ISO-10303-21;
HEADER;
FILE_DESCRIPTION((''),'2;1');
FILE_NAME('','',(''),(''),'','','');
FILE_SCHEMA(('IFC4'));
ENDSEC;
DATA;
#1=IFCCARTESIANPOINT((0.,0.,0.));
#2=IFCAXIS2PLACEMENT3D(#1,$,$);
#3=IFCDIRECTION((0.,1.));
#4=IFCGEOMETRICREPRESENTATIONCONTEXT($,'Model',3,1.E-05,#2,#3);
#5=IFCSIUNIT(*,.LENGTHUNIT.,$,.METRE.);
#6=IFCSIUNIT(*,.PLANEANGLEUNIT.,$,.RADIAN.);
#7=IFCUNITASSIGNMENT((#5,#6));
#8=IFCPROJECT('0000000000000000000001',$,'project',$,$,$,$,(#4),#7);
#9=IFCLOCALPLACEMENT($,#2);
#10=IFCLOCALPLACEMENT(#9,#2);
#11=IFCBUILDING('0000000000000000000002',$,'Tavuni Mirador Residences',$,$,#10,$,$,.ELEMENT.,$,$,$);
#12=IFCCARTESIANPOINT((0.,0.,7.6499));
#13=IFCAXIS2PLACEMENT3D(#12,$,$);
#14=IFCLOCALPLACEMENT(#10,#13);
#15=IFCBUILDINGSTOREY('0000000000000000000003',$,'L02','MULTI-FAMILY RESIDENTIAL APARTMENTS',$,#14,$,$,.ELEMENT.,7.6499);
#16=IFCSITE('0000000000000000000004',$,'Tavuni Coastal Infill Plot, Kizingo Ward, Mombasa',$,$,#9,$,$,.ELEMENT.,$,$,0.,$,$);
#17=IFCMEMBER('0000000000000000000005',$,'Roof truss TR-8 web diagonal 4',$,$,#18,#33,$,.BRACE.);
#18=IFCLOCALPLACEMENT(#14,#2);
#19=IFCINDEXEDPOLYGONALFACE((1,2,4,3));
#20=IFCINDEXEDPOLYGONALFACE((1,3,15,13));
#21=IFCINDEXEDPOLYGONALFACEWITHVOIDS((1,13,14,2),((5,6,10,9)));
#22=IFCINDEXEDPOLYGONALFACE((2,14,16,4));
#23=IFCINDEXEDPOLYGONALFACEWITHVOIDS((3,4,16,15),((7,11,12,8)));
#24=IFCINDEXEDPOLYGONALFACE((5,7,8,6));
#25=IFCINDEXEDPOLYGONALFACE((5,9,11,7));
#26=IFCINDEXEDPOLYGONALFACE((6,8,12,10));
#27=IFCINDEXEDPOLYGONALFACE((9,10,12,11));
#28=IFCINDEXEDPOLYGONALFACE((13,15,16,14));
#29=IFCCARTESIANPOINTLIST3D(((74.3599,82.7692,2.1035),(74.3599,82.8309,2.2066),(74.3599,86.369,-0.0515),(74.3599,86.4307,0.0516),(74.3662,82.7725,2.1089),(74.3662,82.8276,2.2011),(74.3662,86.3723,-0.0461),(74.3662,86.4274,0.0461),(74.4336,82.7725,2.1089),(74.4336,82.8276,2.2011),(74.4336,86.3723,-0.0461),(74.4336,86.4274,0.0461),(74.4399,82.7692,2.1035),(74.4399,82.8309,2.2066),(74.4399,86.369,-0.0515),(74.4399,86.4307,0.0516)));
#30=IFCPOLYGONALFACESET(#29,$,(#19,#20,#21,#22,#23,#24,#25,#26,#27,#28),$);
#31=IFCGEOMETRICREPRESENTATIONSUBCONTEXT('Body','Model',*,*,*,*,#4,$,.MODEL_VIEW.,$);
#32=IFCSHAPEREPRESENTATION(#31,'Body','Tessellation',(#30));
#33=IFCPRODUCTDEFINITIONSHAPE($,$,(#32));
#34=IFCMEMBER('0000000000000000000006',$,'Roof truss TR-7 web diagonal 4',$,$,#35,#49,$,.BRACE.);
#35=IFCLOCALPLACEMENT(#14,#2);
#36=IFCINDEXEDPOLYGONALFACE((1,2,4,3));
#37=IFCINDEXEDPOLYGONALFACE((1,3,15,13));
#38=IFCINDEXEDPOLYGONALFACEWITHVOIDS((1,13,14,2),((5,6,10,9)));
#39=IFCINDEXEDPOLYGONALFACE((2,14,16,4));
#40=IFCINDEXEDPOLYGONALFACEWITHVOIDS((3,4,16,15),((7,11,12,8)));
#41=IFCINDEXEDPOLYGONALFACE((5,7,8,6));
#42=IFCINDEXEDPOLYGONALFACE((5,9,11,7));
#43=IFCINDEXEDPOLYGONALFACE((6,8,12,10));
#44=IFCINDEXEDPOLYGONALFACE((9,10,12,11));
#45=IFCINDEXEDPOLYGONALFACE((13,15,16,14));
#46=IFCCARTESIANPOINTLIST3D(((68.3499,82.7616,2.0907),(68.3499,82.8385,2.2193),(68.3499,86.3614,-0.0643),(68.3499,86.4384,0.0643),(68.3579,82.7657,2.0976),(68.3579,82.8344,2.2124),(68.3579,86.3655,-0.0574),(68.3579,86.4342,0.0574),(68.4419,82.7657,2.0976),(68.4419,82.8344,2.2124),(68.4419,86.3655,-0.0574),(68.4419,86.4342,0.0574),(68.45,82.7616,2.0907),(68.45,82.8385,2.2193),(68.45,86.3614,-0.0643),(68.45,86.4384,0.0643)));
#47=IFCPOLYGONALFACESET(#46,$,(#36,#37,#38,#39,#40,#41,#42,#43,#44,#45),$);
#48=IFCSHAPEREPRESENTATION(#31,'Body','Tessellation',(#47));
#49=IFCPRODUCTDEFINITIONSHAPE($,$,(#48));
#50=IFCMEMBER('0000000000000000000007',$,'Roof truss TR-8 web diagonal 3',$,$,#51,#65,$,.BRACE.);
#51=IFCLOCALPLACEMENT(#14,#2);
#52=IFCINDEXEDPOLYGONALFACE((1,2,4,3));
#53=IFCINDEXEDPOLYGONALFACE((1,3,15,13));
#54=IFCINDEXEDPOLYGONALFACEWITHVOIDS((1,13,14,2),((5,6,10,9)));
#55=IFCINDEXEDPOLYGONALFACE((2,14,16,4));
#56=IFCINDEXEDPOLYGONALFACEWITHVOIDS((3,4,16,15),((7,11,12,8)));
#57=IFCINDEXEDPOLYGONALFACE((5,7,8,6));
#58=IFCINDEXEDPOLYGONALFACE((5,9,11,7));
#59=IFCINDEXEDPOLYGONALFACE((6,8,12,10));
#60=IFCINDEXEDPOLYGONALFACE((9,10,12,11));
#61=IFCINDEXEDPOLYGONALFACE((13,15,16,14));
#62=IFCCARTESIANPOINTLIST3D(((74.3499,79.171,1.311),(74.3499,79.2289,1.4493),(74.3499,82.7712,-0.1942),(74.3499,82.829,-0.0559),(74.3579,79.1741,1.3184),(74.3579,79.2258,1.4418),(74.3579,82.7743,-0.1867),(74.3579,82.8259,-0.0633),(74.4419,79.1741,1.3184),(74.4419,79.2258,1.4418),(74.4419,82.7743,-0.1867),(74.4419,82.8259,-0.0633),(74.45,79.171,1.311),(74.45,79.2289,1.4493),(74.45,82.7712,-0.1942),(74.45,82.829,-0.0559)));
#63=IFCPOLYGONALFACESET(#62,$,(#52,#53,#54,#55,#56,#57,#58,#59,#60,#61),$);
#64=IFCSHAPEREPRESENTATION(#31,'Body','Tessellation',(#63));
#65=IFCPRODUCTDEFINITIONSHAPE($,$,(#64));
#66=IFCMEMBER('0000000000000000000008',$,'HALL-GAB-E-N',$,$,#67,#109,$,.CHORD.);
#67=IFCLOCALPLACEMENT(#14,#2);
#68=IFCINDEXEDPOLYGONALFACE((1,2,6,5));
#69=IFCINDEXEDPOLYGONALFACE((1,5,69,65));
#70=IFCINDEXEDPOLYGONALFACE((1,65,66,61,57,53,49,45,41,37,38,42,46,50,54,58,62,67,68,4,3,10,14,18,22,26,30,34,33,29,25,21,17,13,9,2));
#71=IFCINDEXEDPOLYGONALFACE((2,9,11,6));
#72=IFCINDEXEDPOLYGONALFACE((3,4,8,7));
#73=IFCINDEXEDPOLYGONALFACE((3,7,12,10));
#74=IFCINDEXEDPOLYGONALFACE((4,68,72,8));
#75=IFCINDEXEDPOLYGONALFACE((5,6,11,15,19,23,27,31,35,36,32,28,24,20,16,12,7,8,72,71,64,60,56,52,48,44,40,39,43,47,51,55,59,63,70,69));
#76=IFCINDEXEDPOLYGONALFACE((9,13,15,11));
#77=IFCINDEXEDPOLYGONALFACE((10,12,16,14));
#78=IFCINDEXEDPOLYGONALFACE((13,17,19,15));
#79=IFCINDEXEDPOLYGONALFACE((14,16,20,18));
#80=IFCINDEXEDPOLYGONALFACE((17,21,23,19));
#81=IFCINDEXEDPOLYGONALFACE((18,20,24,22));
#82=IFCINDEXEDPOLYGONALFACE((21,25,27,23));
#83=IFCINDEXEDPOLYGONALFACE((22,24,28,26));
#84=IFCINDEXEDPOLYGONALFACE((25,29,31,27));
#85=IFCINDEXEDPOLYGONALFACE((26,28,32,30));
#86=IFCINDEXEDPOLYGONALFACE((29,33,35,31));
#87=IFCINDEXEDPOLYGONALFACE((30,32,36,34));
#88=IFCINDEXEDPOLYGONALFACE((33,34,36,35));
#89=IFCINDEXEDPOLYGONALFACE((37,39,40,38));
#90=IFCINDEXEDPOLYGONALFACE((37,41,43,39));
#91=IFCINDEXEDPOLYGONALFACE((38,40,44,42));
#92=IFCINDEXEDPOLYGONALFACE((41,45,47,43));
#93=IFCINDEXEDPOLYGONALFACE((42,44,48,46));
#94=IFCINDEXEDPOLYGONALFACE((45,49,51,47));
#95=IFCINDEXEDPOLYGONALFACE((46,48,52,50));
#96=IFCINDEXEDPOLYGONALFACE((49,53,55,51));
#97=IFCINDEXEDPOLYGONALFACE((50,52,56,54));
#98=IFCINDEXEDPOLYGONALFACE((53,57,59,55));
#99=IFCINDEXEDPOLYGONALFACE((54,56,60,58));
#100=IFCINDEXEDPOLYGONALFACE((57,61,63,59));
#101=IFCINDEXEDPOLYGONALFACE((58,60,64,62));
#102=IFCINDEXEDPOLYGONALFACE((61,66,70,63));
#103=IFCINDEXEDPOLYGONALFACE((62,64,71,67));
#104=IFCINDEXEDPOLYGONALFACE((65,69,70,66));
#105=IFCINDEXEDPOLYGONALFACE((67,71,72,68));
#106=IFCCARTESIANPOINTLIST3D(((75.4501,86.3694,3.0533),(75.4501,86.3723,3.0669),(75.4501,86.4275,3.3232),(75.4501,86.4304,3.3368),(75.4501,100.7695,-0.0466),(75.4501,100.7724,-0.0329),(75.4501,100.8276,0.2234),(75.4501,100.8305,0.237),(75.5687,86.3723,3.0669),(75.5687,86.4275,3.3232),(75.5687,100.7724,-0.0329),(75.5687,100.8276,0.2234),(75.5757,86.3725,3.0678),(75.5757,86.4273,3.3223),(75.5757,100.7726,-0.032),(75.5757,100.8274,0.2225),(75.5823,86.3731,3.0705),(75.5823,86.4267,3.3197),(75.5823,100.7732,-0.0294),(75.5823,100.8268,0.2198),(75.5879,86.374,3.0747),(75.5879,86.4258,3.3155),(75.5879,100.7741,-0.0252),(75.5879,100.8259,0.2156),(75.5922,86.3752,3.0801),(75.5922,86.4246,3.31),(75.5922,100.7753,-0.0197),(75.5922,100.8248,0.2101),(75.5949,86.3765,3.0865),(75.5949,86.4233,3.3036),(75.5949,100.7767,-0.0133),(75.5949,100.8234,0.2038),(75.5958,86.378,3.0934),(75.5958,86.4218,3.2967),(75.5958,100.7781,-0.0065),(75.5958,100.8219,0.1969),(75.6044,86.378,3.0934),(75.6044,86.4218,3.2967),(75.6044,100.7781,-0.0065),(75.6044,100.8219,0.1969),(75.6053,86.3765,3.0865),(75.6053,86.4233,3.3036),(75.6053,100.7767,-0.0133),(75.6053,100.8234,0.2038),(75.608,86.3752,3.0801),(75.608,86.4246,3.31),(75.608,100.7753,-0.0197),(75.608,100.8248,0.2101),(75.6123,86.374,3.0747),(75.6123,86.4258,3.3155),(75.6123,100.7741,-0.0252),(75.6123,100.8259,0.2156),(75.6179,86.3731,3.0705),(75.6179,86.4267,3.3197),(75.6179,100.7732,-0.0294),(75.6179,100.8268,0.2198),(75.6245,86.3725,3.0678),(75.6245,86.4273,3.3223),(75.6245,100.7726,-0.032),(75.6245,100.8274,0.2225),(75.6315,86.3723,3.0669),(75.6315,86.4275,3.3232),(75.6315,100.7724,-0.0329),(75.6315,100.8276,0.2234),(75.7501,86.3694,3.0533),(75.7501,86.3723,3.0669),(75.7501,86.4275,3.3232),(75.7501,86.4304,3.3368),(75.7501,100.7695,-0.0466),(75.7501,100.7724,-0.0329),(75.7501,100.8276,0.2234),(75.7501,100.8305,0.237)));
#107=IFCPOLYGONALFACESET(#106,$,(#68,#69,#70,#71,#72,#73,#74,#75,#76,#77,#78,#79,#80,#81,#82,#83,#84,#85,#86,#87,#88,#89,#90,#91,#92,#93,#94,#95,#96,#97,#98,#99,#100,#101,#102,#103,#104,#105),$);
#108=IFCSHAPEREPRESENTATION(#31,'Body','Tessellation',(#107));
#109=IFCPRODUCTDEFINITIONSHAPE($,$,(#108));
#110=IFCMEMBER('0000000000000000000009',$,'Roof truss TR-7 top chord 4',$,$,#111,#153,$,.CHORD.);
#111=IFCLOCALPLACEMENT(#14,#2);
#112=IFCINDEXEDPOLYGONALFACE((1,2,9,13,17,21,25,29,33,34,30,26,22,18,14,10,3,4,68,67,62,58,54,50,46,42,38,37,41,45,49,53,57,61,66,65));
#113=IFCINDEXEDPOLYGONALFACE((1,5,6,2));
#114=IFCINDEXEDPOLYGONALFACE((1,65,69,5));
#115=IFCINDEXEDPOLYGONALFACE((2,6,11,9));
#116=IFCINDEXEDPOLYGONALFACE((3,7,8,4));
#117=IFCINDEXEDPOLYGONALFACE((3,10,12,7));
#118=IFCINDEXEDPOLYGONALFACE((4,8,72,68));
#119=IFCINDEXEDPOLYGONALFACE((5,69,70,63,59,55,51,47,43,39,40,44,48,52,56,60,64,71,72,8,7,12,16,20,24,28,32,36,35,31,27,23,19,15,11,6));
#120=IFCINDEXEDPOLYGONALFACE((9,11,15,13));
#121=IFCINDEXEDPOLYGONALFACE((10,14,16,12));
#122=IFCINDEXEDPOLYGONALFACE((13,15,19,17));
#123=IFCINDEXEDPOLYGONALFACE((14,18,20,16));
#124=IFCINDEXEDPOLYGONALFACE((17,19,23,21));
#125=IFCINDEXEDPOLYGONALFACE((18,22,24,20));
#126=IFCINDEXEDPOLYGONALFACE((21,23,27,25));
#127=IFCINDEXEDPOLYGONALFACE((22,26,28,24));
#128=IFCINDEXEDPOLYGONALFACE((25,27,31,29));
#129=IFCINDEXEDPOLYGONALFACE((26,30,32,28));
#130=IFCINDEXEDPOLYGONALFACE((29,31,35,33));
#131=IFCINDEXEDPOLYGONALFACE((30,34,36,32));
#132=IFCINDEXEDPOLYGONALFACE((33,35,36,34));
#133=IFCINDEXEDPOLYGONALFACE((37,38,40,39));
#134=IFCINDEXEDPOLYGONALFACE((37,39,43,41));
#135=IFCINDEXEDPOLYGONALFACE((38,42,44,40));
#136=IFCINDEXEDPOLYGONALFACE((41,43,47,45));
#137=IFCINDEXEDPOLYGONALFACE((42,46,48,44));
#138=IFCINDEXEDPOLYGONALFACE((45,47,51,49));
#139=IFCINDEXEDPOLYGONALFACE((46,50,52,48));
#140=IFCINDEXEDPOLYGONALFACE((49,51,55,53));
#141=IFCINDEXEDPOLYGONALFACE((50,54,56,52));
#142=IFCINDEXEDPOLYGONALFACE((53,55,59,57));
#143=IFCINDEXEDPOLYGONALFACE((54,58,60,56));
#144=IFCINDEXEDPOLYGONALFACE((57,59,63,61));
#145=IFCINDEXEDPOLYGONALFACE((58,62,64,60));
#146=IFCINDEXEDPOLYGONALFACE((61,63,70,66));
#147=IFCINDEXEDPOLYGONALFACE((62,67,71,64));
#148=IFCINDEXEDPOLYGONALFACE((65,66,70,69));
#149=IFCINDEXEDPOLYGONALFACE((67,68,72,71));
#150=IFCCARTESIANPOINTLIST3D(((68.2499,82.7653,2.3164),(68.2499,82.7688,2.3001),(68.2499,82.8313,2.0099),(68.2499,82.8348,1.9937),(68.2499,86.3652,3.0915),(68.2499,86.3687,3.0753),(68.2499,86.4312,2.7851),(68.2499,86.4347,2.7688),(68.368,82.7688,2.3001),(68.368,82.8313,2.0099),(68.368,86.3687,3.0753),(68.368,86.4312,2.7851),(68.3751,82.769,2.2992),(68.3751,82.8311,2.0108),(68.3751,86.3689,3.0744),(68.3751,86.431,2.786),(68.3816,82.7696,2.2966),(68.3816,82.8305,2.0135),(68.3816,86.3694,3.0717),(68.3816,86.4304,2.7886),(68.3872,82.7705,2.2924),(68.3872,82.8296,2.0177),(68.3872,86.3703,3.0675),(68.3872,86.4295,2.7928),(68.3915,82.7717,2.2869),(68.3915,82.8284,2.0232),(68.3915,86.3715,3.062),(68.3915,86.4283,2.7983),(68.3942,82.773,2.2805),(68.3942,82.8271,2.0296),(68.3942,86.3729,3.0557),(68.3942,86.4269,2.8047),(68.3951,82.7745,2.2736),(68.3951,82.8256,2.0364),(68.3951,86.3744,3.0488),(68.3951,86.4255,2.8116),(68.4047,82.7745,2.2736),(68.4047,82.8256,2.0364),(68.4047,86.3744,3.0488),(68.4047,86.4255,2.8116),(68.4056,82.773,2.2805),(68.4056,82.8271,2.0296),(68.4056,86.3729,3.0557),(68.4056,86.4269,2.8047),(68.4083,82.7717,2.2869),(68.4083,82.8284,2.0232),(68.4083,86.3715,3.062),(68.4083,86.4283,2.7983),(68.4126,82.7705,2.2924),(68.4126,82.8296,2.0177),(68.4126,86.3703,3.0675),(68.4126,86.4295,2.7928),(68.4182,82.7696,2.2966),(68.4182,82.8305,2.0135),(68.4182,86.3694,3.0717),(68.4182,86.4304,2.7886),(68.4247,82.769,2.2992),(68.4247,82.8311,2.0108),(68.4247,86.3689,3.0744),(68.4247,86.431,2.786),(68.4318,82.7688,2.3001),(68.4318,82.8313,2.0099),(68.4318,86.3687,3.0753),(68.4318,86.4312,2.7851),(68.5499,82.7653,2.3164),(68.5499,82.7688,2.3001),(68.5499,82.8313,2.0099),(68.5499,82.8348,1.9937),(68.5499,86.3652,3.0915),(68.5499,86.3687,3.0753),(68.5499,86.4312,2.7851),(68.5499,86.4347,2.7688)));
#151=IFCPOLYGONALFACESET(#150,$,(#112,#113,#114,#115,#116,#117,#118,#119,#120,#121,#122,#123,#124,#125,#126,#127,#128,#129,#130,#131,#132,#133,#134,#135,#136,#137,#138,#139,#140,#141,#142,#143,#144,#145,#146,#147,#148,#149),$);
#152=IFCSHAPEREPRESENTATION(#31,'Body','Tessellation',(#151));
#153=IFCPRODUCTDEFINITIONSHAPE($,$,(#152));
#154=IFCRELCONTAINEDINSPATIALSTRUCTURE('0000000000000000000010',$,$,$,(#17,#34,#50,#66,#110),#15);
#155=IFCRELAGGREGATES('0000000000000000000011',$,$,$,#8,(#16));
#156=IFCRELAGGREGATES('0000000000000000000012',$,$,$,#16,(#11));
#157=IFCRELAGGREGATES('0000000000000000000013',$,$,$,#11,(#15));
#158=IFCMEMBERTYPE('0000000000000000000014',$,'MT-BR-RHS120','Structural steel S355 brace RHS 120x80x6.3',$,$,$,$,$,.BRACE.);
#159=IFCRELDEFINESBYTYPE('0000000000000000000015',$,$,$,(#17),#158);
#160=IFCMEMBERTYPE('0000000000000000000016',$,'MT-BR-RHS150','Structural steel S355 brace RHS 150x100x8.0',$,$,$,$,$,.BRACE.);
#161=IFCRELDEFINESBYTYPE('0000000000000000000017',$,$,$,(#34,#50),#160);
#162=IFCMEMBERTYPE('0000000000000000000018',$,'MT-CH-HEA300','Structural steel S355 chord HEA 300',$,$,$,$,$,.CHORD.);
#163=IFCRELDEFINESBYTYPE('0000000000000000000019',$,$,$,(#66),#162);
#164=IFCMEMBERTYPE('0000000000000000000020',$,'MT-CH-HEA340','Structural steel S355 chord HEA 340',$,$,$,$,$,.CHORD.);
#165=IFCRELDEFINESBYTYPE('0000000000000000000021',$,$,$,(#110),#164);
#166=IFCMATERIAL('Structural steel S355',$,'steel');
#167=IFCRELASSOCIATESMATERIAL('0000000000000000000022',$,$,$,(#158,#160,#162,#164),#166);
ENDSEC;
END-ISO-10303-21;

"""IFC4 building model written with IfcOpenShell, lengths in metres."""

from ifc_helpers import new_model, si_unit, direction, frame, origin, origin_2d, place, context, subcontext, project, spatial, hollow_rectangle, i_section, extrude, material, material_profile, profile_set, type_object, element, save


model = new_model("IFC4")

# Units and contexts
model_context = context("Model", 3, precision=1e-05, world=origin(), true_north=direction((0.0, 1.0)))
body_context = subcontext(model_context, "Body", "Model", "MODEL_VIEW")
ifc_project = project(units=[si_unit("LENGTHUNIT", "METRE"), si_unit("PLANEANGLEUNIT", "RADIAN")], contexts=[model_context])

# Site, building, storey
site_placement = place(None, origin())
site = spatial("IfcSite", under=ifc_project, at=site_placement, Name="Tavuni Coastal Infill Plot, Kizingo Ward, Mombasa", CompositionType="ELEMENT", RefElevation=0.0)
building_placement = place(site_placement, origin())
building = spatial("IfcBuilding", under=site, at=building_placement, Name="Tavuni Mirador Residences", CompositionType="ELEMENT")
storey_placement = place(building_placement, frame((0.0, 0.0, 7.6499)))
storey = spatial("IfcBuildingStorey", under=building, at=storey_placement, Name="L02", Description="MULTI-FAMILY RESIDENTIAL APARTMENTS", CompositionType="ELEMENT", Elevation=7.6499)

# Members
ifc_material_1 = material(Name="Structural steel S355", Category="steel")
ifc_material_profile_1 = material_profile(ifc_material_1, hollow_rectangle(XDim=0.0801, YDim=0.1201, WallThickness=0.0063, at=origin_2d()), Name="RHS 120x80x6.3", Category="steel")
ifc_profile_set_1 = profile_set([ifc_material_profile_1], Name="Structural steel S355")
member_type_1 = type_object("IfcMemberType", Name="MT-BR-RHS120", Description="Structural steel S355 brace RHS 120x80x6.3", PredefinedType="BRACE", material=ifc_profile_set_1)
member_1_placement = place(storey_placement, frame((74.3999, 82.8, 2.155), z_axis=(0.0, 0.858006, -0.51364), x_axis=(-1.0, 0.0, 0.0)))
element("IfcMember", 1, at=member_1_placement, inside=storey, type_object=member_type_1, Name="Roof truss TR-8 web diagonal 4", PredefinedType="BRACE", context=body_context, shape_type="SweptSolid", body=[
    extrude(hollow_rectangle(XDim=0.0801, YDim=0.1201, WallThickness=0.0063, at=origin_2d()), origin(), (0.0, 0.0, 1.0), 4.1956),
])
ifc_material_profile_2 = material_profile(ifc_material_1, hollow_rectangle(XDim=0.1001, YDim=0.1499, WallThickness=0.0081, at=origin_2d()), Name="RHS 150x100x8.0", Category="steel")
ifc_profile_set_2 = profile_set([ifc_material_profile_2], Name="Structural steel S355")
member_type_2 = type_object("IfcMemberType", Name="MT-BR-RHS150", Description="Structural steel S355 brace RHS 150x100x8.0", PredefinedType="BRACE", material=ifc_profile_set_2)
member_2_placement = place(storey_placement, frame((68.3999, 82.8, 2.155), z_axis=(0.0, 0.858006, -0.51364), x_axis=(-1.0, 0.0, 0.0)))
element("IfcMember", 2, at=member_2_placement, inside=storey, type_object=member_type_2, Name="Roof truss TR-7 web diagonal 4", PredefinedType="BRACE", context=body_context, shape_type="SweptSolid", body=[
    extrude(hollow_rectangle(XDim=0.1001, YDim=0.1499, WallThickness=0.0081, at=origin_2d()), origin(), (0.0, 0.0, 1.0), 4.1956),
])
member_3_placement = place(storey_placement, frame((74.3999, 79.2, 1.3801), z_axis=(0.0, 0.922613, -0.385726), x_axis=(-1.0, 0.0, 0.0)))
element("IfcMember", 3, at=member_3_placement, inside=storey, type_object=member_type_2, Name="Roof truss TR-8 web diagonal 3", PredefinedType="BRACE", context=body_context, shape_type="SweptSolid", body=[
    extrude(hollow_rectangle(XDim=0.1001, YDim=0.1499, WallThickness=0.0081, at=origin_2d()), origin(), (0.0, 0.0, 1.0), 3.9021),
])
ifc_material_profile_3 = material_profile(ifc_material_1, i_section(OverallWidth=0.3, OverallDepth=0.29, WebThickness=0.0085, FlangeThickness=0.0139, FilletRadius=0.0271, at=origin_2d()), Name="HEA 300", Category="steel")
ifc_profile_set_3 = profile_set([ifc_material_profile_3], Name="Structural steel S355")
member_type_3 = type_object("IfcMemberType", Name="MT-CH-HEA300", Description="Structural steel S355 chord HEA 300", PredefinedType="CHORD", material=ifc_profile_set_3)
member_4_placement = place(storey_placement, frame((75.6001, 86.3999, 3.1951), z_axis=(0.0, 0.977606, -0.210445), x_axis=(-1.0, 0.0, 0.0)))
element("IfcMember", 4, at=member_4_placement, inside=storey, type_object=member_type_3, Name="HALL-GAB-E-N", PredefinedType="CHORD", context=body_context, shape_type="SweptSolid", body=[
    extrude(i_section(OverallWidth=0.3, OverallDepth=0.29, WebThickness=0.0085, FlangeThickness=0.0139, FilletRadius=0.0271, at=origin_2d()), origin(), (0.0, 0.0, 1.0), 14.73),
])
ifc_material_profile_4 = material_profile(ifc_material_1, i_section(OverallWidth=0.3, OverallDepth=0.3301, WebThickness=0.0095, FlangeThickness=0.0166, FilletRadius=0.0271, at=origin_2d()), Name="HEA 340", Category="steel")
ifc_profile_set_4 = profile_set([ifc_material_profile_4], Name="Structural steel S355")
member_type_4 = type_object("IfcMemberType", Name="MT-CH-HEA340", Description="Structural steel S355 chord HEA 340", PredefinedType="CHORD", material=ifc_profile_set_4)
member_5_placement = place(storey_placement, frame((68.3999, 82.8, 2.155), z_axis=(0.0, 0.977593, 0.210502), x_axis=(-1.0, 0.0, 0.0)))
element("IfcMember", 5, at=member_5_placement, inside=storey, type_object=member_type_4, Name="Roof truss TR-7 top chord 4", PredefinedType="CHORD", context=body_context, shape_type="SweptSolid", body=[
    extrude(i_section(OverallWidth=0.3, OverallDepth=0.3301, WebThickness=0.0095, FlangeThickness=0.0166, FilletRadius=0.0271, at=origin_2d()), origin(), (0.0, 0.0, 1.0), 3.6824),
])

save(model, "model.ifc")
